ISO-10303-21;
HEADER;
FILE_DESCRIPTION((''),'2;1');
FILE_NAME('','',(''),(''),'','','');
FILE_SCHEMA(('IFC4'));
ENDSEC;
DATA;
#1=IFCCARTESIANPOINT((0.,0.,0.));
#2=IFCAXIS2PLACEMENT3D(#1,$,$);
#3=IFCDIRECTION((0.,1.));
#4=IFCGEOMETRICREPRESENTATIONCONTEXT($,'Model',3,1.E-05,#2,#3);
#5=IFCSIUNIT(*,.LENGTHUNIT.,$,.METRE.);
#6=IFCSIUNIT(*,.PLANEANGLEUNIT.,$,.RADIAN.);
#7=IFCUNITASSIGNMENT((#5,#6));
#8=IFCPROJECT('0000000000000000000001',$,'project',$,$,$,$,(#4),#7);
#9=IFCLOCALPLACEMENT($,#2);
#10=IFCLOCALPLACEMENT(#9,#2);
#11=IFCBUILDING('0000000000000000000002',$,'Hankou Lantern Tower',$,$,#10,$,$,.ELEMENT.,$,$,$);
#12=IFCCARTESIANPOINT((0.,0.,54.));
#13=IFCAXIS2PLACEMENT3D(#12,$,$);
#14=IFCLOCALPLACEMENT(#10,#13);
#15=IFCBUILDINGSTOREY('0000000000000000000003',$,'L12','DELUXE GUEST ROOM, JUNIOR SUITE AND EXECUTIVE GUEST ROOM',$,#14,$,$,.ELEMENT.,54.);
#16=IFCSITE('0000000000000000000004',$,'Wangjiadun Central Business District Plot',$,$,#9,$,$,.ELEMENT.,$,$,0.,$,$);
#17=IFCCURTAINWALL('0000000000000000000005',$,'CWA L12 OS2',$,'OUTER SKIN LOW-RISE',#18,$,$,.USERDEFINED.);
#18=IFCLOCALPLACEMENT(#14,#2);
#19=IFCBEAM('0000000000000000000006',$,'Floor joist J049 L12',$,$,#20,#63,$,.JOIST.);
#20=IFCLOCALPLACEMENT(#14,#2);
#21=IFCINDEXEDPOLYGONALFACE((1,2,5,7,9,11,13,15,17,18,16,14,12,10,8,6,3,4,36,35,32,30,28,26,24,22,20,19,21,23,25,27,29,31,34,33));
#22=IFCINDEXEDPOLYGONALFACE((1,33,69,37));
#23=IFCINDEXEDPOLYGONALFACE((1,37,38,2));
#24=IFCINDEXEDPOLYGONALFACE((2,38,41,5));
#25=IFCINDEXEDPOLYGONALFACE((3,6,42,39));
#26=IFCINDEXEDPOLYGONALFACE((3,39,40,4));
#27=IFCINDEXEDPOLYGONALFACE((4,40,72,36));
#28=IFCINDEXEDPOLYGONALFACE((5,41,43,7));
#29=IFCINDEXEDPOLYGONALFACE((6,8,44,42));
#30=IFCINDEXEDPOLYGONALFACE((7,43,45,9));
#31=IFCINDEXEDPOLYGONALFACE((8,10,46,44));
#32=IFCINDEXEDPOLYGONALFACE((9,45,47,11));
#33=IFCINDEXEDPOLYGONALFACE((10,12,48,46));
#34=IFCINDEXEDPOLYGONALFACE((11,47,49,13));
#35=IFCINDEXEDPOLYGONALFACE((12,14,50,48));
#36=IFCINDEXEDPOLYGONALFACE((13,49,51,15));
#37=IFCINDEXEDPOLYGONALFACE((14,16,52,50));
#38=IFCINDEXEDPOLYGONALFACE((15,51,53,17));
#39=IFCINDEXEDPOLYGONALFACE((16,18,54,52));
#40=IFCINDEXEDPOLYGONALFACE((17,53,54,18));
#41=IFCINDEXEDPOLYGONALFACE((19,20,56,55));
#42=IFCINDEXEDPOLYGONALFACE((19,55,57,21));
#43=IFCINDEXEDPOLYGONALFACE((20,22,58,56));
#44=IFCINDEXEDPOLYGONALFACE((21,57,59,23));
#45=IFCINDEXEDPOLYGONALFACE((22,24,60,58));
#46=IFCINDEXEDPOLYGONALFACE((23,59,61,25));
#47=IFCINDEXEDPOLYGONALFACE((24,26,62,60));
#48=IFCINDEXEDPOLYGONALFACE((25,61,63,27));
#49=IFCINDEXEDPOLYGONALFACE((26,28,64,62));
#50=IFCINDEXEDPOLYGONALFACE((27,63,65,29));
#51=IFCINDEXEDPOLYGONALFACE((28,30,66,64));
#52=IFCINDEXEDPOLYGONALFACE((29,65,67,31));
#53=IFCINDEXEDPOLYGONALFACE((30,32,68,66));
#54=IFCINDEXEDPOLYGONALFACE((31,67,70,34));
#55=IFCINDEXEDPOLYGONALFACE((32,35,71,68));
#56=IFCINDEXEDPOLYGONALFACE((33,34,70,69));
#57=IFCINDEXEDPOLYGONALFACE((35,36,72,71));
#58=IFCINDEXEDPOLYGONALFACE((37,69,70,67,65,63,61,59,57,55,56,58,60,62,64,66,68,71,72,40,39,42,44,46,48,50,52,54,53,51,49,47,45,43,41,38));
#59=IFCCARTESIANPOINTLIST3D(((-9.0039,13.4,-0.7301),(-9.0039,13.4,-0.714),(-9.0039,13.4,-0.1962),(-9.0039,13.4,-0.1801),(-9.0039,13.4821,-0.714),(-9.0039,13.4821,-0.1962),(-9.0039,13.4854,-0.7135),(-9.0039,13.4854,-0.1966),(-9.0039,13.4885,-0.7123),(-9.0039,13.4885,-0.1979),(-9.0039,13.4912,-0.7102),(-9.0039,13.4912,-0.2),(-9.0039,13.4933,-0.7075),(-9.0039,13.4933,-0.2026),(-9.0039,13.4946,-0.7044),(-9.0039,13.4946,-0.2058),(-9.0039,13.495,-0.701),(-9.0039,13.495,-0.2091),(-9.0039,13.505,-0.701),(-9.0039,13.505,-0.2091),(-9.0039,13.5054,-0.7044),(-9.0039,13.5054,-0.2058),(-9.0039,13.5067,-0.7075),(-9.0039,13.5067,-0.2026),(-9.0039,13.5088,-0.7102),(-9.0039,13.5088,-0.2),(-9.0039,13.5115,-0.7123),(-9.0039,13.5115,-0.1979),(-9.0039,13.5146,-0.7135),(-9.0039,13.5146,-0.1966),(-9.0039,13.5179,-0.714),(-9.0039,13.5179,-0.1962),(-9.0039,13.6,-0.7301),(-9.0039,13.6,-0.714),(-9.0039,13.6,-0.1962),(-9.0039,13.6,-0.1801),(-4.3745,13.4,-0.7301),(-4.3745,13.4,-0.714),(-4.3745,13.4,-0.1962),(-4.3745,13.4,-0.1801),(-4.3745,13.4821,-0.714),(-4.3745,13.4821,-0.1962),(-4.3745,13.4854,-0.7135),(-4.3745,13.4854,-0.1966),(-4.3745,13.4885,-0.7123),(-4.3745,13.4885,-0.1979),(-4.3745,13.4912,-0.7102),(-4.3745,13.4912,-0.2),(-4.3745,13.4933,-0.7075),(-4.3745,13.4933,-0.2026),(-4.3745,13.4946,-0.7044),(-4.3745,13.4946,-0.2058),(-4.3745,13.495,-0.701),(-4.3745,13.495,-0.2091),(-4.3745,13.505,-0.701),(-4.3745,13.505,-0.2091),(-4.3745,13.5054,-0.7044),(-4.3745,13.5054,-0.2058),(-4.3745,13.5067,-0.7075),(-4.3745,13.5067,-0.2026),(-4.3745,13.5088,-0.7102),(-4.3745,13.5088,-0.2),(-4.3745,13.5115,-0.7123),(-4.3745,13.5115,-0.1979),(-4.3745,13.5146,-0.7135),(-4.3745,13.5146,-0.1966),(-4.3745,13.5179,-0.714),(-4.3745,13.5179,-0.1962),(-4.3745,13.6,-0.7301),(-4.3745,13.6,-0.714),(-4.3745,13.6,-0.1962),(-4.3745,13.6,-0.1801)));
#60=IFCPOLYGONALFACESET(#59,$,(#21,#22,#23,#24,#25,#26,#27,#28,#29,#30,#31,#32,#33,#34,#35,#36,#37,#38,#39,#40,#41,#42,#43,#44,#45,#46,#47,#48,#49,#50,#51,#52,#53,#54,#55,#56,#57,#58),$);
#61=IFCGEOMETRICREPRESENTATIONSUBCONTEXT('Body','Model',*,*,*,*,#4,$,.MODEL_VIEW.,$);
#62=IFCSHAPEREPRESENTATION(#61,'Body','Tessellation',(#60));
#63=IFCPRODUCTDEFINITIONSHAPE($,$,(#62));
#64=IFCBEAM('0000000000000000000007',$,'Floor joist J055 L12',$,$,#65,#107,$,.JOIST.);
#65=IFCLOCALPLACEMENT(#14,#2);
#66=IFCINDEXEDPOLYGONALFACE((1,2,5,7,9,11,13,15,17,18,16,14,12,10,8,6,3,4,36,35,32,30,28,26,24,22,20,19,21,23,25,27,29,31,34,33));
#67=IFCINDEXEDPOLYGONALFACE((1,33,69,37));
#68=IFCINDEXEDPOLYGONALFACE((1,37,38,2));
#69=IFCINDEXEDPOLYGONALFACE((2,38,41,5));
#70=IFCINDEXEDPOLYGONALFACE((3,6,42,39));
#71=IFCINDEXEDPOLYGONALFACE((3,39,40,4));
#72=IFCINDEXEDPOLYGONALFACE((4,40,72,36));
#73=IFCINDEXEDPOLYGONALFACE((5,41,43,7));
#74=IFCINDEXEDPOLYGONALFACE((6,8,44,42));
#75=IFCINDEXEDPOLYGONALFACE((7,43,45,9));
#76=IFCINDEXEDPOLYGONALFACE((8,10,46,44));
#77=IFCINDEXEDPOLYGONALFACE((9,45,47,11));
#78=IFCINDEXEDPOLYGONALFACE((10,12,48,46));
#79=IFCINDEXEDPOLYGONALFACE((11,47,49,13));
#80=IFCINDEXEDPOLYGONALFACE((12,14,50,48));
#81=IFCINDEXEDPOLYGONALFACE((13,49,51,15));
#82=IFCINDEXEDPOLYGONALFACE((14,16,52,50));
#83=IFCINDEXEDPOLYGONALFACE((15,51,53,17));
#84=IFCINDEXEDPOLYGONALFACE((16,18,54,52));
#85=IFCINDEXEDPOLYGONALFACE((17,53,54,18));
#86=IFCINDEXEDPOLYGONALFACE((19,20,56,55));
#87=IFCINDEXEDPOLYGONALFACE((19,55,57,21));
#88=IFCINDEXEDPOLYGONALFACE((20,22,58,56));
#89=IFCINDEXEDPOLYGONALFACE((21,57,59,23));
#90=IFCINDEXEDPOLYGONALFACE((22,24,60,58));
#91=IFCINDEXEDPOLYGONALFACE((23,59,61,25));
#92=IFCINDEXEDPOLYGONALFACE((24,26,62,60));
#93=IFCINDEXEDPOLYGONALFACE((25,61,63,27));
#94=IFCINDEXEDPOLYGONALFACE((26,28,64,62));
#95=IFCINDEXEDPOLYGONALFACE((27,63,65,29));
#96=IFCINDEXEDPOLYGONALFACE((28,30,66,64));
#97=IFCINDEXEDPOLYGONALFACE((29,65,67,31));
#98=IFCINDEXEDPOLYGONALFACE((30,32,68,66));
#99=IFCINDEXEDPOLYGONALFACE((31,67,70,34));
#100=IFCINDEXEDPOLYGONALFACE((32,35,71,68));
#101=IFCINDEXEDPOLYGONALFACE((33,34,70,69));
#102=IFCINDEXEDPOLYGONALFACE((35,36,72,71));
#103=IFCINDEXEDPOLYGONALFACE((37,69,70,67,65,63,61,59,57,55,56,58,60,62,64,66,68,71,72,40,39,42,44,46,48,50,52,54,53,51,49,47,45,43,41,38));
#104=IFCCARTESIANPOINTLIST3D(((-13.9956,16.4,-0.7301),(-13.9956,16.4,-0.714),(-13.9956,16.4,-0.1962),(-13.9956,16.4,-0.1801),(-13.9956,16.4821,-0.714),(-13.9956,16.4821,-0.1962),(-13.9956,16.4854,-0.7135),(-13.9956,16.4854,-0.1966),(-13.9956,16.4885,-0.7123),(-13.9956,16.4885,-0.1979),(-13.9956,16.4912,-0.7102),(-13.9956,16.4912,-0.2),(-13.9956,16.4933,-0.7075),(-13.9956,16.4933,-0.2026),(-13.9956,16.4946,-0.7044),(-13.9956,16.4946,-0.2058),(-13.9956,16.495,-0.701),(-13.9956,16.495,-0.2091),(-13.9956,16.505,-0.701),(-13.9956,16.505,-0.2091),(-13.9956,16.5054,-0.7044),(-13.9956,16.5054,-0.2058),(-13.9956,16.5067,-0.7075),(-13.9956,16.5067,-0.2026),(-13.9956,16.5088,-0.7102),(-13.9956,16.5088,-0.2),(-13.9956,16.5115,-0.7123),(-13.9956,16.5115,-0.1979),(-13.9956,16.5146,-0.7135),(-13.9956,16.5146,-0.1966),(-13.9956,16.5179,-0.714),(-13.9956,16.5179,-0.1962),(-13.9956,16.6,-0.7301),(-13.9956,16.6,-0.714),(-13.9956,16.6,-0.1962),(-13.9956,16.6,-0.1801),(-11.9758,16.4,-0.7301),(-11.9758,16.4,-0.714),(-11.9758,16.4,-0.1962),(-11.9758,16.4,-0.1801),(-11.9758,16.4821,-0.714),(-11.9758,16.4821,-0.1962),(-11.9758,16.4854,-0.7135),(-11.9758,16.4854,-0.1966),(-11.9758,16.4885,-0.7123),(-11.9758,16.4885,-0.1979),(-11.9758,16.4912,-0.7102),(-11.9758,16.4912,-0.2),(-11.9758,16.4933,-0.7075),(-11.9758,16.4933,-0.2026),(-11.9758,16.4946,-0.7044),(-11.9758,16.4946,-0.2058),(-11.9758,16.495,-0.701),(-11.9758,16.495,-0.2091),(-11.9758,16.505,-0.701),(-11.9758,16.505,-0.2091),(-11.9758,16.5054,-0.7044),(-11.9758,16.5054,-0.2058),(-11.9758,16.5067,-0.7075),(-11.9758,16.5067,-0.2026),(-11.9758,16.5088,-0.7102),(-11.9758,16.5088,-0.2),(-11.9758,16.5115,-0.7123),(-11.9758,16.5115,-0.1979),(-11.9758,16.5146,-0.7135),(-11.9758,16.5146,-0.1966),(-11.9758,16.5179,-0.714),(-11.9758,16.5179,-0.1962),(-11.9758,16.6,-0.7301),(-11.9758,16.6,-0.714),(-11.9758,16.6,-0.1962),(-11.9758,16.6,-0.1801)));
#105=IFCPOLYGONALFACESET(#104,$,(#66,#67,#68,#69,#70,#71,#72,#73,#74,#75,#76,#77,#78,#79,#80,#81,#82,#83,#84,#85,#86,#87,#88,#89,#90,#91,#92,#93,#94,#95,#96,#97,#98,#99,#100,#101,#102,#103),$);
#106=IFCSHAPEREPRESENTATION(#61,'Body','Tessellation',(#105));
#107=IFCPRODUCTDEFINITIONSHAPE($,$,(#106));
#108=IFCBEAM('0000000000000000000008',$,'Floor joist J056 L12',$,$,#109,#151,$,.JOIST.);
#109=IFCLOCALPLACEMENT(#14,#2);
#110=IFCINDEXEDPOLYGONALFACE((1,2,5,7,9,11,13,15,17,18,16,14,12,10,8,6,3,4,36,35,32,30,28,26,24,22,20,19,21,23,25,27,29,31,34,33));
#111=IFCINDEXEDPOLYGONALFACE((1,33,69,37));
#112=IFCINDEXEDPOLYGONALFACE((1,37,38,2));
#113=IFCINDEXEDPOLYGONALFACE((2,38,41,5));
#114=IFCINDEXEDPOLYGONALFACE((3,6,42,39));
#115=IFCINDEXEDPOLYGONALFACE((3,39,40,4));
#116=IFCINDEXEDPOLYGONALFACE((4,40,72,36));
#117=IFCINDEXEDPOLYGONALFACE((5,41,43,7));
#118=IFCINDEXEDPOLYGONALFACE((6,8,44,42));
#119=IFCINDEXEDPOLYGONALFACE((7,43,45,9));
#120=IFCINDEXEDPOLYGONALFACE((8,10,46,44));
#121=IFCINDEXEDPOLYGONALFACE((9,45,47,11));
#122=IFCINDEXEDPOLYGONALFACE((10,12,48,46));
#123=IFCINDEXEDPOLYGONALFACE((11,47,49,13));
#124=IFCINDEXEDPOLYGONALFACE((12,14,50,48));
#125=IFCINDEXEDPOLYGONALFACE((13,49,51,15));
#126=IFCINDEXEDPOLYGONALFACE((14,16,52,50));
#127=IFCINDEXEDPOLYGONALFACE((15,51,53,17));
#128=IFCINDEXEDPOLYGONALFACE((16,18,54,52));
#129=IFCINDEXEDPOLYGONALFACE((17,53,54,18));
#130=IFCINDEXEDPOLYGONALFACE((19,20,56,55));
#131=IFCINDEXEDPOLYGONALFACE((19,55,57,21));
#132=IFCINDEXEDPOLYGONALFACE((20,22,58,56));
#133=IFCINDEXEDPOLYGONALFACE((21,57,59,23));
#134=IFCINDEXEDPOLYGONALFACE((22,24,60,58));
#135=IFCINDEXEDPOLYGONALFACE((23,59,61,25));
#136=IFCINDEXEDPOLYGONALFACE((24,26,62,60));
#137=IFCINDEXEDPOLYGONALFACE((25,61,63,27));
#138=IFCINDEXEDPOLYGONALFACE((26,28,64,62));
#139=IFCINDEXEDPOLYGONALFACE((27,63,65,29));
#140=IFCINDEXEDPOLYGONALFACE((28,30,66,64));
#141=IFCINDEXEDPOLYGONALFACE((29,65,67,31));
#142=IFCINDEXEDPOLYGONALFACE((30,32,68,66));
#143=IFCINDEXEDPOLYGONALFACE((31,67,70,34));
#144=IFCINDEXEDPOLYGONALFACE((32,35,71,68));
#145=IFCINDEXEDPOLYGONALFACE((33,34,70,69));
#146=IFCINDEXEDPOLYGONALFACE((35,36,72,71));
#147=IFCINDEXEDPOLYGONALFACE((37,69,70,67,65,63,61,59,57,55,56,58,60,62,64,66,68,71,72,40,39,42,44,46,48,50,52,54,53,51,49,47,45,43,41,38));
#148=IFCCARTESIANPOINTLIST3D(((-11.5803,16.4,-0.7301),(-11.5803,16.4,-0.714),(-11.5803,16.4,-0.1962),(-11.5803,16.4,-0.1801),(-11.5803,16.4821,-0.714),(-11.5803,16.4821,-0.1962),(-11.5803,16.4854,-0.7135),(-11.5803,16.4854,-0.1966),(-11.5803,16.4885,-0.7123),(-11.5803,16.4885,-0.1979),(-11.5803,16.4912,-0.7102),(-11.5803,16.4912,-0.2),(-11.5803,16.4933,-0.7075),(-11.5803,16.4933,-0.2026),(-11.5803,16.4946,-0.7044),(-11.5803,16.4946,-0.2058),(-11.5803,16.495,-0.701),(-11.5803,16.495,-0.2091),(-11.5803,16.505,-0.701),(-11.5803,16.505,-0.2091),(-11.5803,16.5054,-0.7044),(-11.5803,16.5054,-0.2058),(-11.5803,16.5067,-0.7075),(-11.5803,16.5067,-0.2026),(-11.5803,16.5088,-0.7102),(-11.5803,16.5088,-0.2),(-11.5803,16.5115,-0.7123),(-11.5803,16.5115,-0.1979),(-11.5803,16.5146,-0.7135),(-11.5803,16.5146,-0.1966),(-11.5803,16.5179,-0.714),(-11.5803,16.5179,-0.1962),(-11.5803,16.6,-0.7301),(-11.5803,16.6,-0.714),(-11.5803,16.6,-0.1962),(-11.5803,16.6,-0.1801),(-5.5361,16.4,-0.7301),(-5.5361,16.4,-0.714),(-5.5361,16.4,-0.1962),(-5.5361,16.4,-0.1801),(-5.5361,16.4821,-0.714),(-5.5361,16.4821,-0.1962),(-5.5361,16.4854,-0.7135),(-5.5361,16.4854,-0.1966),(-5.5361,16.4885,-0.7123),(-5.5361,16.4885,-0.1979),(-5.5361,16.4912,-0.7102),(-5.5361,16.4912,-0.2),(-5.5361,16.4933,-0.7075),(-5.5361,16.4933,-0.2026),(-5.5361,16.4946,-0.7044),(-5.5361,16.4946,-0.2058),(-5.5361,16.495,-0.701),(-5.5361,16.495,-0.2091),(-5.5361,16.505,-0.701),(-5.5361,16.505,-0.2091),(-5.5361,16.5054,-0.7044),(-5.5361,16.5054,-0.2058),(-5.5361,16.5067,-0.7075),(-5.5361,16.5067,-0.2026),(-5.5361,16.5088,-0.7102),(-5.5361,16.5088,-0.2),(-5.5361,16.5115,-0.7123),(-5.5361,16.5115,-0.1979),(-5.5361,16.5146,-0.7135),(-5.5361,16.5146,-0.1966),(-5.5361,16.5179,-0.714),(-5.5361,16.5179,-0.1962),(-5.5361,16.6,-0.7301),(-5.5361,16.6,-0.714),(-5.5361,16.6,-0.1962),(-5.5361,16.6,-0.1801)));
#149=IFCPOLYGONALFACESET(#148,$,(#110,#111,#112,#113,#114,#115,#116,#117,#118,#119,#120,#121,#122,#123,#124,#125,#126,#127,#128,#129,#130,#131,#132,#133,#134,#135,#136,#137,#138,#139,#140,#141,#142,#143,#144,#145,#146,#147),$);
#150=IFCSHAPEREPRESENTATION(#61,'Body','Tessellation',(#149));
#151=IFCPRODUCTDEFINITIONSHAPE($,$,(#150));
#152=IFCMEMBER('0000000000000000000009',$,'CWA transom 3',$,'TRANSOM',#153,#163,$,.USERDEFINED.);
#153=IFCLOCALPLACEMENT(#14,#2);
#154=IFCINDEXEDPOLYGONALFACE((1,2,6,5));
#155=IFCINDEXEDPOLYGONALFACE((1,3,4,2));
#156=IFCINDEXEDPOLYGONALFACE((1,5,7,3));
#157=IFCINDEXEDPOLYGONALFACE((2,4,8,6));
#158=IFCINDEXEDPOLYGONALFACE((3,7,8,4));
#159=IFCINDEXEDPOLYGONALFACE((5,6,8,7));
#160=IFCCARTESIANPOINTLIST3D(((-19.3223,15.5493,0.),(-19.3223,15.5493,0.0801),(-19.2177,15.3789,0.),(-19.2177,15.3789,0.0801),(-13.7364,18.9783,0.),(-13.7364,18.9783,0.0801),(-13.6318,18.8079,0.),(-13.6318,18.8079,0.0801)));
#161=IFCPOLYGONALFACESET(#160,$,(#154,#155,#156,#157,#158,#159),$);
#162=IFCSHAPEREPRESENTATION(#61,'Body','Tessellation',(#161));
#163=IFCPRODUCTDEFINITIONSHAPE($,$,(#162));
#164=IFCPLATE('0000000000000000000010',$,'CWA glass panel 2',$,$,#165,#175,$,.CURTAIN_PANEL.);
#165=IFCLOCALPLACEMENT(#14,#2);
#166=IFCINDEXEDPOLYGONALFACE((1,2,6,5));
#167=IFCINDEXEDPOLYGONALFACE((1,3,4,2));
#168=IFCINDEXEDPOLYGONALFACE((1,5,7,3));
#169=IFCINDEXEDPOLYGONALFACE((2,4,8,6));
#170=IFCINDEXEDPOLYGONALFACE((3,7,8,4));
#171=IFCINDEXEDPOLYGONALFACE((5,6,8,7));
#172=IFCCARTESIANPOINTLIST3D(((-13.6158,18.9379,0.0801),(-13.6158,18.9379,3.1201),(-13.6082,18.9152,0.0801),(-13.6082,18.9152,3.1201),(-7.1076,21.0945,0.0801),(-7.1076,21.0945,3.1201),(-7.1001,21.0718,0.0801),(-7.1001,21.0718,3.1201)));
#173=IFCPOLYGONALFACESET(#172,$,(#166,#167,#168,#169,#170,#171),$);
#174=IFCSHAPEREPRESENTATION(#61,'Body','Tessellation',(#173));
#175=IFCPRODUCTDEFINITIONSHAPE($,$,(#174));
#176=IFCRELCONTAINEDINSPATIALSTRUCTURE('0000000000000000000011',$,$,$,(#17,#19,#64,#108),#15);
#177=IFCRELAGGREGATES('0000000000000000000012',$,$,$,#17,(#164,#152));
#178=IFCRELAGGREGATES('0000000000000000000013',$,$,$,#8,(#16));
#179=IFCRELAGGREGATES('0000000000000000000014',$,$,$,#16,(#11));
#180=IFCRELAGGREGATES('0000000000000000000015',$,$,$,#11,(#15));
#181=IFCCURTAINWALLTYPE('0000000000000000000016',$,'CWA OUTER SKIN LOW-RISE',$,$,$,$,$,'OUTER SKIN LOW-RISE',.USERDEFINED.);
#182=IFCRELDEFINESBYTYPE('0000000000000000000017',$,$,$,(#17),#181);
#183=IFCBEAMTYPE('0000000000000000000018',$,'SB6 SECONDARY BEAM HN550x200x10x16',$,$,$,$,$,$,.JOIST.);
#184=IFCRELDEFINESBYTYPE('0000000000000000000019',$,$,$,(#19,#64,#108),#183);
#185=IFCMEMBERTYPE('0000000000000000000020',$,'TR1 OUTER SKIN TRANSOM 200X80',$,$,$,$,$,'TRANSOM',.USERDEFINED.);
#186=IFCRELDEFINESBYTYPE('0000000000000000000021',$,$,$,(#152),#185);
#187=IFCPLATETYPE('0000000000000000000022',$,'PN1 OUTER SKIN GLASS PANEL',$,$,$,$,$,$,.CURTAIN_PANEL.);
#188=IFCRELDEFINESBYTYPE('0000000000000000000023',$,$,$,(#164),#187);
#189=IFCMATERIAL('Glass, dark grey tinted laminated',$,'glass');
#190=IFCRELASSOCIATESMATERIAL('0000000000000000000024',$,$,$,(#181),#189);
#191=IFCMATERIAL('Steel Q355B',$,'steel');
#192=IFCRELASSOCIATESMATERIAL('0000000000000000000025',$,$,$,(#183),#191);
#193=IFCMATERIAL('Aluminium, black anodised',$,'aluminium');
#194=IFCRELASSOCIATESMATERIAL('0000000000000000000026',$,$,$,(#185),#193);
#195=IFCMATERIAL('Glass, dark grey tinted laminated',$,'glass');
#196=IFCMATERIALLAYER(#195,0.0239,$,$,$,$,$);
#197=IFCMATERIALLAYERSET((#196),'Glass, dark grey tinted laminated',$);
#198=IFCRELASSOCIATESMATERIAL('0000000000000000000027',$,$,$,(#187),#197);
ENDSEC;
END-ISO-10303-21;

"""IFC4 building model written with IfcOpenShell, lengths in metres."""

from ifc_helpers import new_model, si_unit, direction, frame, origin, origin_2d, place, context, subcontext, project, spatial, rectangle, i_section, extrude, material, layer, layer_set, material_profile, profile_set, type_object, element, aggregate, save


model = new_model("IFC4")

# Units and contexts
model_context = context("Model", 3, precision=1e-05, world=origin(), true_north=direction((0.0, 1.0)))
body_context = subcontext(model_context, "Body", "Model", "MODEL_VIEW")
ifc_project = project(units=[si_unit("LENGTHUNIT", "METRE"), si_unit("PLANEANGLEUNIT", "RADIAN")], contexts=[model_context])

# Site, building, storey
site_placement = place(None, origin())
site = spatial("IfcSite", under=ifc_project, at=site_placement, Name="Wangjiadun Central Business District Plot", CompositionType="ELEMENT", RefElevation=0.0)
building_placement = place(site_placement, origin())
building = spatial("IfcBuilding", under=site, at=building_placement, Name="Hankou Lantern Tower", CompositionType="ELEMENT")
storey_placement = place(building_placement, frame((0.0, 0.0, 54.0)))
storey = spatial("IfcBuildingStorey", under=building, at=storey_placement, Name="L12", Description="DELUXE GUEST ROOM, JUNIOR SUITE AND EXECUTIVE GUEST ROOM", CompositionType="ELEMENT", Elevation=54.0)

# Curtain wall
ifc_material_1 = material(Name="Glass, dark grey tinted laminated", Category="glass")
curtain_wall_type = type_object("IfcCurtainWallType", Name="CWA OUTER SKIN LOW-RISE", ElementType="OUTER SKIN LOW-RISE", PredefinedType="USERDEFINED", material=ifc_material_1)
curtain_wall_placement = place(storey_placement, origin())
curtain_wall = element("IfcCurtainWall", 1, at=curtain_wall_placement, inside=storey, type_object=curtain_wall_type, Name="CWA L12 OS2", ObjectType="OUTER SKIN LOW-RISE", PredefinedType="USERDEFINED")

# Beams
ifc_material_2 = material(Name="Steel Q355B", Category="steel")
ifc_material_profile_1 = material_profile(ifc_material_2, i_section(OverallWidth=0.2, OverallDepth=0.55, WebThickness=0.01, FlangeThickness=0.0161, FilletRadius=0.0129, at=origin_2d()), Name="HN550x200x10x16")
ifc_profile_set_1 = profile_set([ifc_material_profile_1], Name="Steel Q355B")
beam_type_1 = type_object("IfcBeamType", Name="SB6 SECONDARY BEAM HN550x200x10x16", PredefinedType="JOIST", material=ifc_profile_set_1)
beam_1_placement = place(storey_placement, frame((-9.0039, 13.5, -0.4551), z_axis=(1.0, 0.0, 0.0), x_axis=(0.0, 1.0, 0.0)))
element("IfcBeam", 2, at=beam_1_placement, inside=storey, type_object=beam_type_1, Name="Floor joist J049 L12", PredefinedType="JOIST", context=body_context, shape_type="SweptSolid", body=[
    extrude(i_section(OverallWidth=0.2, OverallDepth=0.55, WebThickness=0.01, FlangeThickness=0.0161, FilletRadius=0.0129, at=origin_2d()), origin(), (0.0, 0.0, 1.0), 4.6294),
])
beam_2_placement = place(storey_placement, frame((-13.9956, 16.5, -0.4551), z_axis=(1.0, 0.0, 0.0), x_axis=(0.0, 1.0, 0.0)))
element("IfcBeam", 3, at=beam_2_placement, inside=storey, type_object=beam_type_1, Name="Floor joist J055 L12", PredefinedType="JOIST", context=body_context, shape_type="SweptSolid", body=[
    extrude(i_section(OverallWidth=0.2, OverallDepth=0.55, WebThickness=0.01, FlangeThickness=0.0161, FilletRadius=0.0129, at=origin_2d()), origin(), (0.0, 0.0, 1.0), 2.0198),
])
beam_3_placement = place(storey_placement, frame((-11.5803, 16.5, -0.4551), z_axis=(1.0, 0.0, 0.0), x_axis=(0.0, 1.0, 0.0)))
element("IfcBeam", 4, at=beam_3_placement, inside=storey, type_object=beam_type_1, Name="Floor joist J056 L12", PredefinedType="JOIST", context=body_context, shape_type="SweptSolid", body=[
    extrude(i_section(OverallWidth=0.2, OverallDepth=0.55, WebThickness=0.01, FlangeThickness=0.0161, FilletRadius=0.0129, at=origin_2d()), origin(), (0.0, 0.0, 1.0), 6.0442),
])

# Member
ifc_material_3 = material(Name="Aluminium, black anodised", Category="aluminium")
ifc_material_profile_2 = material_profile(ifc_material_3, rectangle(XDim=0.2, YDim=0.0801, at=origin_2d()), Name="TR1 200X80")
ifc_profile_set_2 = profile_set([ifc_material_profile_2], Name="Aluminium, black anodised")
member_type_1 = type_object("IfcMemberType", Name="TR1 OUTER SKIN TRANSOM 200X80", ElementType="TRANSOM", PredefinedType="USERDEFINED", material=ifc_profile_set_2)
member_1_placement = place(storey_placement, frame((-13.6841, 18.8931, 0.04), z_axis=(-0.85224, -0.523152, 0.0), x_axis=(0.523152, -0.85224, 0.0)))
member_1 = element("IfcMember", 5, at=member_1_placement, type_object=member_type_1, Name="CWA transom 3", ObjectType="TRANSOM", PredefinedType="USERDEFINED", context=body_context, shape_type="SweptSolid", body=[
    extrude(rectangle(XDim=0.2, YDim=0.0801, at=origin_2d()), origin(), (0.0, 0.0, 1.0), 6.5544),
])

# Plate
ifc_material_4 = material(Name="Glass, dark grey tinted laminated", Category="glass")
ifc_layer_1 = layer(ifc_material_4, 0.0239)
ifc_layer_set_1 = layer_set([ifc_layer_1], Name="Glass, dark grey tinted laminated")
plate_type = type_object("IfcPlateType", Name="PN1 OUTER SKIN GLASS PANEL", PredefinedType="CURTAIN_PANEL", material=ifc_layer_set_1)
plate_placement = place(storey_placement, frame((-10.3579, 20.0049, 0.0801), z_axis=(0.0, 0.0, 1.0), x_axis=(-0.949241, -0.314551, 0.0)))
plate = element("IfcPlate", 6, at=plate_placement, type_object=plate_type, Name="CWA glass panel 2", PredefinedType="CURTAIN_PANEL", context=body_context, shape_type="SweptSolid", body=[
    extrude(rectangle(XDim=6.8562, YDim=0.0239, at=origin_2d()), origin(), (0.0, 0.0, 1.0), 3.04),
])
aggregate(curtain_wall, [plate, member_1])

save(model, "model.ifc")
